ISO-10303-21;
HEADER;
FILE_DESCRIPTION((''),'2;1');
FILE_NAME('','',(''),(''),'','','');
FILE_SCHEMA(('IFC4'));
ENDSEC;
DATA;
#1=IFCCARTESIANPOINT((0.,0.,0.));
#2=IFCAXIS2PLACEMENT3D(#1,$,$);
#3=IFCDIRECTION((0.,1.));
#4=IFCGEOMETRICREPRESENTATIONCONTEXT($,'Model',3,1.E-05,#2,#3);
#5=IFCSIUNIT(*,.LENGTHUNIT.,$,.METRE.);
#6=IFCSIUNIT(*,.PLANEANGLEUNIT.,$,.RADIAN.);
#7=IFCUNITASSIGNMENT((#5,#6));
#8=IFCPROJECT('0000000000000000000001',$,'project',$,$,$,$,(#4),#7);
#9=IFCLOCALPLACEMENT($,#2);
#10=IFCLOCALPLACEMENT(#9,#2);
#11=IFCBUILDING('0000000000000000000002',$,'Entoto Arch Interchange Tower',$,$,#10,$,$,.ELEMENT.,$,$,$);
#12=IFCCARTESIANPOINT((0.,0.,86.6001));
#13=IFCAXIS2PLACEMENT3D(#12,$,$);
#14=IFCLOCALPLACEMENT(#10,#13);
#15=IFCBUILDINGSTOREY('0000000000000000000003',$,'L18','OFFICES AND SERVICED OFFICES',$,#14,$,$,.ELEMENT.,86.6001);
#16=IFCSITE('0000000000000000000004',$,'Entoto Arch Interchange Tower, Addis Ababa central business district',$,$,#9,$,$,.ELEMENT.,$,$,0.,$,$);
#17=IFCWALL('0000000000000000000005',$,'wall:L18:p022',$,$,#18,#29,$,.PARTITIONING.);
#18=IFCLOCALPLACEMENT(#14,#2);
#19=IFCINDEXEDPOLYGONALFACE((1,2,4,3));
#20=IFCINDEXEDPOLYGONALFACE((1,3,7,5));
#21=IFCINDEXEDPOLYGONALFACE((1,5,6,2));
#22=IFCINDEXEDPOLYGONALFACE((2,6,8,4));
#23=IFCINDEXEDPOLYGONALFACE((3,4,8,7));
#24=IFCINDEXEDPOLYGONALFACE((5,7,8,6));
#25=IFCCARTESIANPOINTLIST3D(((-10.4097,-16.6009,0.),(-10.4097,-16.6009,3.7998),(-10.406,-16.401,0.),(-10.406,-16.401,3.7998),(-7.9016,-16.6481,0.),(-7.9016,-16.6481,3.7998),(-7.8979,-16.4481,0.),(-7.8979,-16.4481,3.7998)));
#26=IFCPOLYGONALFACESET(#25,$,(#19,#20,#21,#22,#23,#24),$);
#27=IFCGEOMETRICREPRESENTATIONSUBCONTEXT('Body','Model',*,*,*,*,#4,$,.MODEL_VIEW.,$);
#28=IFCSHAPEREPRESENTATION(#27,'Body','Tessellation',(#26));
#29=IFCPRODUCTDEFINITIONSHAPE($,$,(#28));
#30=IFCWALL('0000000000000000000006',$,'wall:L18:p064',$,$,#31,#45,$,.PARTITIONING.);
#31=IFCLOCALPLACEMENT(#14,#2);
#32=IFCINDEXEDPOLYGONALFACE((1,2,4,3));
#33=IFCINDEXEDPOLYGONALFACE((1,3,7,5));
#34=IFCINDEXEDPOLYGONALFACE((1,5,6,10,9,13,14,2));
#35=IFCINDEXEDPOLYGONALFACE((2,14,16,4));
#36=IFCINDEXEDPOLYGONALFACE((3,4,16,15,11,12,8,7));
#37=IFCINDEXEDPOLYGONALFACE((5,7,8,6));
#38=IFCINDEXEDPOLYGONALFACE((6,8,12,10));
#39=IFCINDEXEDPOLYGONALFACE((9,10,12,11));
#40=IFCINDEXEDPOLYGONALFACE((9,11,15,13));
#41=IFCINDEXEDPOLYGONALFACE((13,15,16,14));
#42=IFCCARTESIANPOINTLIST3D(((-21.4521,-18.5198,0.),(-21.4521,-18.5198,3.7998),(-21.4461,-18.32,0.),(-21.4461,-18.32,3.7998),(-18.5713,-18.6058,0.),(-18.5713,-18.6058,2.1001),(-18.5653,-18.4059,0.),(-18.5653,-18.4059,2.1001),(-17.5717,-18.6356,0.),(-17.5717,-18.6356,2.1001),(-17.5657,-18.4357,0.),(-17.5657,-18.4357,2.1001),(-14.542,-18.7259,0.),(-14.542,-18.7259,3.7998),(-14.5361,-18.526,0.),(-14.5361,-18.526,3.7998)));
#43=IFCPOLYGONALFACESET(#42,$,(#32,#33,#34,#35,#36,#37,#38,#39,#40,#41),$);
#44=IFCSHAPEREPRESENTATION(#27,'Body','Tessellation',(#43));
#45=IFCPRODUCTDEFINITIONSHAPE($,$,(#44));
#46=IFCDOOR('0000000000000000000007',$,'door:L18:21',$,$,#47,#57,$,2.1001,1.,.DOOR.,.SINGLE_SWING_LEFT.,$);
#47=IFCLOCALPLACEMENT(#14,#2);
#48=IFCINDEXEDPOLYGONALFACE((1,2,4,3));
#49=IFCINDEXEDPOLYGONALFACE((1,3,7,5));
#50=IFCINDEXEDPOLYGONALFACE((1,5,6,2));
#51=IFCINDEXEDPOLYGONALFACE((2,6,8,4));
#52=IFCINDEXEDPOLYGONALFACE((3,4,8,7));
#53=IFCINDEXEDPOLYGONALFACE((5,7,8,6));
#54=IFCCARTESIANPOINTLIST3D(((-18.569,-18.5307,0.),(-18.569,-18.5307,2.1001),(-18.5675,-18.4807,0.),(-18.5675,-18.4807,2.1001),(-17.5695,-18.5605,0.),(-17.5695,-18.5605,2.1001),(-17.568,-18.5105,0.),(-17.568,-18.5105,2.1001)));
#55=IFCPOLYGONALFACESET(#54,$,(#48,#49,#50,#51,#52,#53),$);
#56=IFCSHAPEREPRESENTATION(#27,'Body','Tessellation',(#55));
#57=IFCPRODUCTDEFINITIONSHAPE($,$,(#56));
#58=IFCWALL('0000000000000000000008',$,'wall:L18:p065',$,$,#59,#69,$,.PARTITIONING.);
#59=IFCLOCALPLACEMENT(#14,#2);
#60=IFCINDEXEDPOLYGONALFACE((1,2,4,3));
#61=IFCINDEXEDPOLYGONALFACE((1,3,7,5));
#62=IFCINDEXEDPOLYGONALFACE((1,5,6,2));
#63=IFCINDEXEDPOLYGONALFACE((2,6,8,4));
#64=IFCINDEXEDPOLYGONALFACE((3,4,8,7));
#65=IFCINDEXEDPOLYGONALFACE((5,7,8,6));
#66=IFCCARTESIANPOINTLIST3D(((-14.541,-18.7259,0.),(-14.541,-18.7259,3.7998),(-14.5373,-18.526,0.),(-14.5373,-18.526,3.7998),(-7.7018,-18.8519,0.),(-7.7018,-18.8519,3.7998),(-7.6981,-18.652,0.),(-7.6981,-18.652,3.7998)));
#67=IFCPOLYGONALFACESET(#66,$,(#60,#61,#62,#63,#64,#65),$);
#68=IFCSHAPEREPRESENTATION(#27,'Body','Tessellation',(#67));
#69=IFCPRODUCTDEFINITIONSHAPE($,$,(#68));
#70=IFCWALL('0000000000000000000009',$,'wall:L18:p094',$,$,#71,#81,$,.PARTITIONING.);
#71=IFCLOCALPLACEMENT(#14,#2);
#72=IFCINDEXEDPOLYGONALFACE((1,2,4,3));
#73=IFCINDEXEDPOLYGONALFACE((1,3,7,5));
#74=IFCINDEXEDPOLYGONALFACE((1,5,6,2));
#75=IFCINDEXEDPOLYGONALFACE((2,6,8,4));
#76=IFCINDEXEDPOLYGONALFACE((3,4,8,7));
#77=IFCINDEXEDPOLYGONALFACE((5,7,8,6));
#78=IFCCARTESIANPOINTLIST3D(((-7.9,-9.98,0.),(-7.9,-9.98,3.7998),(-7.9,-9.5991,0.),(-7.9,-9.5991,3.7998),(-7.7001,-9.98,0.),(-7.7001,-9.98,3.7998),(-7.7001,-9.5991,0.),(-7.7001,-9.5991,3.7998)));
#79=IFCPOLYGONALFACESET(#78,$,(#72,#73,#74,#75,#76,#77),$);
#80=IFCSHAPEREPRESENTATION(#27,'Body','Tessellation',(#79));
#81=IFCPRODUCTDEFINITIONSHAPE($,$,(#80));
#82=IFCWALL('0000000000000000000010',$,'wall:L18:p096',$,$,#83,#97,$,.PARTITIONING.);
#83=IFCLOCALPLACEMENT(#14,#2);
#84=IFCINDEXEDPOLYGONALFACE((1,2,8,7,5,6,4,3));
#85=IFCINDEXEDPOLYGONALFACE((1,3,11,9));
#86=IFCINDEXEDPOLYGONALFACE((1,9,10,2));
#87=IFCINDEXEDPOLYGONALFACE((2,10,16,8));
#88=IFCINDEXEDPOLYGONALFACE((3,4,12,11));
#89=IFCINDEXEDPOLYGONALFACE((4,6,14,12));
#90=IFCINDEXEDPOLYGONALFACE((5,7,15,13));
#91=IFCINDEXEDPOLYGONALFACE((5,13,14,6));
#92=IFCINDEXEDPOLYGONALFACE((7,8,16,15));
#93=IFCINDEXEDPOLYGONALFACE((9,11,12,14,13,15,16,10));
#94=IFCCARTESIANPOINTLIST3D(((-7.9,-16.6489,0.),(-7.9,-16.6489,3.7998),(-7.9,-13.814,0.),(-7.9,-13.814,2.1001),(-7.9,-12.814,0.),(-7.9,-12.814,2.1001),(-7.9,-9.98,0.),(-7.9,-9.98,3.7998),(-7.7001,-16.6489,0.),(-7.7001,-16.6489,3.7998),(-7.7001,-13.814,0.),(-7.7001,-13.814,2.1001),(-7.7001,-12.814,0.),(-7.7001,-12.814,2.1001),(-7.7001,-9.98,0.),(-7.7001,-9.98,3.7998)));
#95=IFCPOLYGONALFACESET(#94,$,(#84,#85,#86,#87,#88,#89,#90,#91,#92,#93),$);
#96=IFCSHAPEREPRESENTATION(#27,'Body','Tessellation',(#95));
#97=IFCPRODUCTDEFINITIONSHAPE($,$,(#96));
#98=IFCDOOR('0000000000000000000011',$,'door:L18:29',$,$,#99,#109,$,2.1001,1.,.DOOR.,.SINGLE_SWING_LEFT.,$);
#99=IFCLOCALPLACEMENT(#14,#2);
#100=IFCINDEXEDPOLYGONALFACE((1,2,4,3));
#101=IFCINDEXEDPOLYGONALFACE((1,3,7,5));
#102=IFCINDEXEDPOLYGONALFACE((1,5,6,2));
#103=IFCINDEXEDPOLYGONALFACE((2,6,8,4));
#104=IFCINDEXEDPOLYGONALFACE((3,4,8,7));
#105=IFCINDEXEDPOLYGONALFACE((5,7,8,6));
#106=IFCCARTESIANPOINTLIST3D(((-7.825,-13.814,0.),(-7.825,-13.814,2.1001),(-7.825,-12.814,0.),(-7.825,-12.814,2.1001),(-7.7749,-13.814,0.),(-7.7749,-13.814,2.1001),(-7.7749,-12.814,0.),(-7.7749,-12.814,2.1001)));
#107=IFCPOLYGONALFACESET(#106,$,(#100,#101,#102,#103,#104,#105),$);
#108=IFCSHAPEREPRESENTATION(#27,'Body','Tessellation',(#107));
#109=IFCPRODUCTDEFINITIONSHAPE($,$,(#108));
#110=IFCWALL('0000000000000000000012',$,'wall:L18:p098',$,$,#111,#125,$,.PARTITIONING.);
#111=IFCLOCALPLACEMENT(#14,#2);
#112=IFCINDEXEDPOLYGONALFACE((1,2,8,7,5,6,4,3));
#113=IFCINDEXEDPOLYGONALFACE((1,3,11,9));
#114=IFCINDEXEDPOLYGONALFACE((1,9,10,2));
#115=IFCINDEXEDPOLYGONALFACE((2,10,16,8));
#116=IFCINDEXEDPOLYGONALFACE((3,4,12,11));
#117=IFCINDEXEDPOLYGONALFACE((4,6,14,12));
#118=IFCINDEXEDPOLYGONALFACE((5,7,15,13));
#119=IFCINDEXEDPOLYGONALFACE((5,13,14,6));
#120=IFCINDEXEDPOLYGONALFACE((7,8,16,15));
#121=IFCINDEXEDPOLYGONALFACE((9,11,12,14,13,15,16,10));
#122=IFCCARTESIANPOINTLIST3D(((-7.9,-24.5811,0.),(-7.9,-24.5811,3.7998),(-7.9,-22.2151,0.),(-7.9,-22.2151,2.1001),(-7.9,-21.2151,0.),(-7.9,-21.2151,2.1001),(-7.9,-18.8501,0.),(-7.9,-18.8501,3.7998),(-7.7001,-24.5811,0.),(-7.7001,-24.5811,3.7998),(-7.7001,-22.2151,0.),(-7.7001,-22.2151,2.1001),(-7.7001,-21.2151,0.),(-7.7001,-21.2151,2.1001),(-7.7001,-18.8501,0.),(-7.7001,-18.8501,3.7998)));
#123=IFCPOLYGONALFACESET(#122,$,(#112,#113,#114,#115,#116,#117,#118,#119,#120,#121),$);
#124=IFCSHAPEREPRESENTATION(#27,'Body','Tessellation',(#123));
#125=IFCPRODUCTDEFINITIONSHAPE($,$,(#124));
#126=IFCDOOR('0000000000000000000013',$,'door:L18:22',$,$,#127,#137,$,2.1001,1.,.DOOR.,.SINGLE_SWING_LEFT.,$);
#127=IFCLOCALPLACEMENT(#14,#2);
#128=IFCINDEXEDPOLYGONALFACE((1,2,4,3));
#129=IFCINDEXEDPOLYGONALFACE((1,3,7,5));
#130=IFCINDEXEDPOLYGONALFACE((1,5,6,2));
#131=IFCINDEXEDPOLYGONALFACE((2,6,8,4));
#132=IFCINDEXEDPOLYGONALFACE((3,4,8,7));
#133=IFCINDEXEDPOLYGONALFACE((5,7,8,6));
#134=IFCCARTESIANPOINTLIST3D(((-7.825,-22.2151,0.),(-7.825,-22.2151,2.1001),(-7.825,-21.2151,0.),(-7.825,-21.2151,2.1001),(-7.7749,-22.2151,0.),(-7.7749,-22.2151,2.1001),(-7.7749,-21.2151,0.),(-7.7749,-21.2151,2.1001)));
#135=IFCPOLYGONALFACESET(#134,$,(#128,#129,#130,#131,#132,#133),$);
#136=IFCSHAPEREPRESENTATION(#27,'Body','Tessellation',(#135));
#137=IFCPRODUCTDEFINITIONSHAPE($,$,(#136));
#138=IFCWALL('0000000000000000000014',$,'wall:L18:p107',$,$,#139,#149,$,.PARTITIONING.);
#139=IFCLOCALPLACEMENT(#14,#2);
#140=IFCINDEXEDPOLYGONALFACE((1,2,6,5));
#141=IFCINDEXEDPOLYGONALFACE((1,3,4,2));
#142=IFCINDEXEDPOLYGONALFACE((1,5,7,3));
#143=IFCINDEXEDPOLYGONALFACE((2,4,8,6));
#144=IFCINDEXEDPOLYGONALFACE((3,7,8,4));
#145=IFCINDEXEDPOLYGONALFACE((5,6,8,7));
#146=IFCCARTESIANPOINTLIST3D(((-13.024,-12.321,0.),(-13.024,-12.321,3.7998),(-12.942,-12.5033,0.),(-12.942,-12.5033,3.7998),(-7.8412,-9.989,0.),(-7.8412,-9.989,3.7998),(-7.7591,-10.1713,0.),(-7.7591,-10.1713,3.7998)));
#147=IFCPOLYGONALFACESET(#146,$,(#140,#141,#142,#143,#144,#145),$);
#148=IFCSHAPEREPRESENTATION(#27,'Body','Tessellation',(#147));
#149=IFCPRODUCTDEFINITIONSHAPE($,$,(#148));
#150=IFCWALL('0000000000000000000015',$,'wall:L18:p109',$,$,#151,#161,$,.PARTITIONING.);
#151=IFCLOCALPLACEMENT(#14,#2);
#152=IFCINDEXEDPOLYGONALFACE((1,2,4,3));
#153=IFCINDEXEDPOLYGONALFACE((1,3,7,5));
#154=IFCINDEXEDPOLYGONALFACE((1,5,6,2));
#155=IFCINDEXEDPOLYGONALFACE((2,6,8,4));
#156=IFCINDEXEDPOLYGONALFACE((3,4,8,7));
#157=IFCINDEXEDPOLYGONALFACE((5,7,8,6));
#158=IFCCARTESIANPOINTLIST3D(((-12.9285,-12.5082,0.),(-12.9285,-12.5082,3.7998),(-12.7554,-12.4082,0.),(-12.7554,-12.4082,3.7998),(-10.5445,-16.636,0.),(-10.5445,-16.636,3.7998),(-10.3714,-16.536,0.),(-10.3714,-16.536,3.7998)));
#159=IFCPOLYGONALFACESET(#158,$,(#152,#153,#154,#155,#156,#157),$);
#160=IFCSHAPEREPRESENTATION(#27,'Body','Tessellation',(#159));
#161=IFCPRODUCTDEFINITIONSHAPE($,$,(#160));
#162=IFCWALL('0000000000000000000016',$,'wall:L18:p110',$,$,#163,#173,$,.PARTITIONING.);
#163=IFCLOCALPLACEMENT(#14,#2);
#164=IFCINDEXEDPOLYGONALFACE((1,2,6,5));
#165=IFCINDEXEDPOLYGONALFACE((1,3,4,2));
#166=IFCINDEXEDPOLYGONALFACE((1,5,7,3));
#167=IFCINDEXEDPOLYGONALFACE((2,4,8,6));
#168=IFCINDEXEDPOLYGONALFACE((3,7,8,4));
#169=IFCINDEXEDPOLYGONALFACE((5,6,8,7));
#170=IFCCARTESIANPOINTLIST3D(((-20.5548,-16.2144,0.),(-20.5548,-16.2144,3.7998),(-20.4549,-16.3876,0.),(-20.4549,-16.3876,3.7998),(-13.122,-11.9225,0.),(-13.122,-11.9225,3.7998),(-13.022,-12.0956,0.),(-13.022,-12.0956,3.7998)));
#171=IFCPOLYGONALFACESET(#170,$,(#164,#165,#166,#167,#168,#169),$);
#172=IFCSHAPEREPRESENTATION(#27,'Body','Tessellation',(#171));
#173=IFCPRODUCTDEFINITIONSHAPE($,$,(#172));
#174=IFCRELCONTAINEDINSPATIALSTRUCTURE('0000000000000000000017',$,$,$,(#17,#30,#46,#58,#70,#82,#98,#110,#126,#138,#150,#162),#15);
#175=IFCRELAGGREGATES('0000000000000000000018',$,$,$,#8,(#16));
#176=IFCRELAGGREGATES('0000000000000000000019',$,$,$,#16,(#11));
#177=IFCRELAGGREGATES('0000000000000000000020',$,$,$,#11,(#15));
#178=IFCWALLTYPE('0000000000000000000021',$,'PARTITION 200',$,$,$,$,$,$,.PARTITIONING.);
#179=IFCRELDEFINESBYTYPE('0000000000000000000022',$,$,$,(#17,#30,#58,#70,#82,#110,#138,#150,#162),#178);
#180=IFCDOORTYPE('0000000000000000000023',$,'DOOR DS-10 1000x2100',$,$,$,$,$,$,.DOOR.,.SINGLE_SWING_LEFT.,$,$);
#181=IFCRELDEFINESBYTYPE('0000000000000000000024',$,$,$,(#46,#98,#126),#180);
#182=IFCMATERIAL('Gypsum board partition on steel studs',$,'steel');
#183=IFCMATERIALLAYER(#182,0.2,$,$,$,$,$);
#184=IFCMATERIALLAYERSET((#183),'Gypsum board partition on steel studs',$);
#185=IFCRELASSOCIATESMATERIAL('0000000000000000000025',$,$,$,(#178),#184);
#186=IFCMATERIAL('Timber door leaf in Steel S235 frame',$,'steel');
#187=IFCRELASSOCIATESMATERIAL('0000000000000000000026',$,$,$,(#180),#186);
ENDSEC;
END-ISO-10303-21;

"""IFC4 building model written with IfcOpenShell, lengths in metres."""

from ifc_helpers import new_model, si_unit, direction, frame, frame_2d, origin, place, context, subcontext, project, spatial, rectangle, extrude, material, layer, layer_set, type_object, element, fill, save


model = new_model("IFC4")

# Units and contexts
model_context = context("Model", 3, precision=1e-05, world=origin(), true_north=direction((0.0, 1.0)))
body_context = subcontext(model_context, "Body", "Model", "MODEL_VIEW")
ifc_project = project(units=[si_unit("LENGTHUNIT", "METRE"), si_unit("PLANEANGLEUNIT", "RADIAN")], contexts=[model_context])

# Site, building, storey
site_placement = place(None, origin())
site = spatial("IfcSite", under=ifc_project, at=site_placement, Name="Entoto Arch Interchange Tower, Addis Ababa central business district", CompositionType="ELEMENT", RefElevation=0.0)
building_placement = place(site_placement, origin())
building = spatial("IfcBuilding", under=site, at=building_placement, Name="Entoto Arch Interchange Tower", CompositionType="ELEMENT")
storey_placement = place(building_placement, frame((0.0, 0.0, 86.6001)))
storey = spatial("IfcBuildingStorey", under=building, at=storey_placement, Name="L18", Description="OFFICES AND SERVICED OFFICES", CompositionType="ELEMENT", Elevation=86.6001)

# Wall
ifc_material_1 = material(Name="Gypsum board partition on steel studs", Category="steel")
ifc_layer_1 = layer(ifc_material_1, 0.2)
ifc_layer_set_1 = layer_set([ifc_layer_1], Name="Gypsum board partition on steel studs")
wall_type_1 = type_object("IfcWallType", Name="PARTITION 200", PredefinedType="PARTITIONING", material=ifc_layer_set_1)
wall_1_placement = place(storey_placement, frame((-10.408, -16.501, 0.0), z_axis=(0.0, 0.0, 1.0), x_axis=(0.999824, -0.018784, 0.0)))
element("IfcWall", 1, at=wall_1_placement, inside=storey, type_object=wall_type_1, Name="wall:L18:p022", PredefinedType="PARTITIONING", context=body_context, shape_type="SweptSolid", body=[
    extrude(rectangle(XDim=2.5085, YDim=0.2, at=frame_2d((1.2544, 0.0))), origin(), (0.0, 0.0, 1.0), 3.7998),
])

# Wall, opening, door
wall_2_placement = place(storey_placement, frame((-14.5391, -18.626, 0.0), z_axis=(0.0, 0.0, 1.0), x_axis=(-0.999556, 0.029807, 0.0)))
wall_2 = element("IfcWall", 2, at=wall_2_placement, inside=storey, type_object=wall_type_1, Name="wall:L18:p064", PredefinedType="PARTITIONING", context=body_context, shape_type="SweptSolid", body=[
    extrude(rectangle(XDim=6.9131, YDim=0.2, at=frame_2d((3.4565, 0.0))), origin(), (0.0, 0.0, 1.0), 3.7998),
])
opening_1_placement = place(wall_2_placement, frame((3.031, 0.0, 0.0)))
opening_1 = element("IfcOpeningElement", 3, at=opening_1_placement, cuts=wall_2, PredefinedType="OPENING", context=body_context, shape_type="SweptSolid", body=[
    extrude(rectangle(XDim=1.0, YDim=2.1001, at=frame_2d((0.5, 1.05))), frame((0.0, 0.1099, 0.0), z_axis=(0.0, -1.0, 0.0), x_axis=(1.0, 0.0, 0.0)), (0.0, 0.0, 1.0), 0.22),
])
ifc_material_2 = material(Name="Timber door leaf in Steel S235 frame", Category="steel")
door_type = type_object("IfcDoorType", Name="DOOR DS-10 1000x2100", OperationType="SINGLE_SWING_LEFT", PredefinedType="DOOR", material=ifc_material_2)
door_1_placement = place(opening_1_placement, origin())
door_1 = element("IfcDoor", 4, at=door_1_placement, inside=storey, type_object=door_type, Name="door:L18:21", OperationType="SINGLE_SWING_LEFT", OverallHeight=2.1001, OverallWidth=1.0, PredefinedType="DOOR", context=body_context, shape_type="SweptSolid", body=[
    extrude(rectangle(XDim=1.0, YDim=2.1001, at=frame_2d((0.5, 1.05))), frame((0.0, 0.0249, 0.0), z_axis=(0.0, -1.0, 0.0), x_axis=(1.0, 0.0, 0.0)), (0.0, 0.0, 1.0), 0.05),
])
fill(opening_1, door_1)

# Walls
wall_3_placement = place(storey_placement, frame((-7.7, -18.752, 0.0), z_axis=(0.0, 0.0, 1.0), x_axis=(-0.99983, 0.018417, 0.0)))
element("IfcWall", 5, at=wall_3_placement, inside=storey, type_object=wall_type_1, Name="wall:L18:p065", PredefinedType="PARTITIONING", context=body_context, shape_type="SweptSolid", body=[
    extrude(rectangle(XDim=6.8403, YDim=0.2, at=frame_2d((3.4202, 0.0))), origin(), (0.0, 0.0, 1.0), 3.7998),
])
wall_4_placement = place(storey_placement, frame((-7.8, -9.98, 0.0), z_axis=(0.0, 0.0, 1.0), x_axis=(0.0, 1.0, 0.0)))
element("IfcWall", 6, at=wall_4_placement, inside=storey, type_object=wall_type_1, Name="wall:L18:p094", PredefinedType="PARTITIONING", context=body_context, shape_type="SweptSolid", body=[
    extrude(rectangle(XDim=0.3809, YDim=0.2, at=frame_2d((0.1904, 0.0))), origin(), (0.0, 0.0, 1.0), 3.7998),
])

# Walls, openings, doors
wall_5_placement = place(storey_placement, frame((-7.8, -16.6489, 0.0), z_axis=(0.0, 0.0, 1.0), x_axis=(0.0, 1.0, 0.0)))
wall_5 = element("IfcWall", 7, at=wall_5_placement, inside=storey, type_object=wall_type_1, Name="wall:L18:p096", PredefinedType="PARTITIONING", context=body_context, shape_type="SweptSolid", body=[
    extrude(rectangle(XDim=6.6689, YDim=0.2, at=frame_2d((3.3345, 0.0))), origin(), (0.0, 0.0, 1.0), 3.7998),
])
opening_2_placement = place(wall_5_placement, frame((2.835, 0.0, 0.0)))
opening_2 = element("IfcOpeningElement", 8, at=opening_2_placement, cuts=wall_5, PredefinedType="OPENING", context=body_context, shape_type="SweptSolid", body=[
    extrude(rectangle(XDim=1.0, YDim=2.1001, at=frame_2d((0.5, 1.05))), frame((0.0, 0.1099, 0.0), z_axis=(0.0, -1.0, 0.0), x_axis=(1.0, 0.0, 0.0)), (0.0, 0.0, 1.0), 0.22),
])
door_2_placement = place(opening_2_placement, origin())
door_2 = element("IfcDoor", 9, at=door_2_placement, inside=storey, type_object=door_type, Name="door:L18:29", OperationType="SINGLE_SWING_LEFT", OverallHeight=2.1001, OverallWidth=1.0, PredefinedType="DOOR", context=body_context, shape_type="SweptSolid", body=[
    extrude(rectangle(XDim=1.0, YDim=2.1001, at=frame_2d((0.5, 1.05))), frame((0.0, 0.0249, 0.0), z_axis=(0.0, -1.0, 0.0), x_axis=(1.0, 0.0, 0.0)), (0.0, 0.0, 1.0), 0.05),
])
fill(opening_2, door_2)
wall_6_placement = place(storey_placement, frame((-7.8, -24.5811, 0.0), z_axis=(0.0, 0.0, 1.0), x_axis=(0.0, 1.0, 0.0)))
wall_6 = element("IfcWall", 10, at=wall_6_placement, inside=storey, type_object=wall_type_1, Name="wall:L18:p098", PredefinedType="PARTITIONING", context=body_context, shape_type="SweptSolid", body=[
    extrude(rectangle(XDim=5.731, YDim=0.2, at=frame_2d((2.8655, 0.0))), origin(), (0.0, 0.0, 1.0), 3.7998),
])
opening_3_placement = place(wall_6_placement, frame((2.366, 0.0, 0.0)))
opening_3 = element("IfcOpeningElement", 11, at=opening_3_placement, cuts=wall_6, PredefinedType="OPENING", context=body_context, shape_type="SweptSolid", body=[
    extrude(rectangle(XDim=1.0, YDim=2.1001, at=frame_2d((0.5, 1.05))), frame((0.0, 0.1099, 0.0), z_axis=(0.0, -1.0, 0.0), x_axis=(1.0, 0.0, 0.0)), (0.0, 0.0, 1.0), 0.22),
])
door_3_placement = place(opening_3_placement, origin())
door_3 = element("IfcDoor", 12, at=door_3_placement, inside=storey, type_object=door_type, Name="door:L18:22", OperationType="SINGLE_SWING_LEFT", OverallHeight=2.1001, OverallWidth=1.0, PredefinedType="DOOR", context=body_context, shape_type="SweptSolid", body=[
    extrude(rectangle(XDim=1.0, YDim=2.1001, at=frame_2d((0.5, 1.05))), frame((0.0, 0.0249, 0.0), z_axis=(0.0, -1.0, 0.0), x_axis=(1.0, 0.0, 0.0)), (0.0, 0.0, 1.0), 0.05),
])
fill(opening_3, door_3)

# Walls
wall_7_placement = place(storey_placement, frame((-7.8, -10.0801, 0.0), z_axis=(0.0, 0.0, 1.0), x_axis=(-0.911938, -0.410327, 0.0)))
element("IfcWall", 13, at=wall_7_placement, inside=storey, type_object=wall_type_1, Name="wall:L18:p107", PredefinedType="PARTITIONING", context=body_context, shape_type="SweptSolid", body=[
    extrude(rectangle(XDim=5.6833, YDim=0.2, at=frame_2d((2.8418, 0.0))), origin(), (0.0, 0.0, 1.0), 3.7998),
])
wall_8_placement = place(storey_placement, frame((-10.458, -16.5859, 0.0), z_axis=(0.0, 0.0, 1.0), x_axis=(-0.500121, 0.865955, 0.0)))
element("IfcWall", 14, at=wall_8_placement, inside=storey, type_object=wall_type_1, Name="wall:L18:p109", PredefinedType="PARTITIONING", context=body_context, shape_type="SweptSolid", body=[
    extrude(rectangle(XDim=4.7668, YDim=0.2, at=frame_2d((2.3833, 0.0))), origin(), (0.0, 0.0, 1.0), 3.7998),
])
wall_9_placement = place(storey_placement, frame((-13.072, -12.009, 0.0), z_axis=(0.0, 0.0, 1.0), x_axis=(-0.865994, -0.500055, 0.0)))
element("IfcWall", 15, at=wall_9_placement, inside=storey, type_object=wall_type_1, Name="wall:L18:p110", PredefinedType="PARTITIONING", context=body_context, shape_type="SweptSolid", body=[
    extrude(rectangle(XDim=8.583, YDim=0.2, at=frame_2d((4.2915, 0.0))), origin(), (0.0, 0.0, 1.0), 3.7998),
])

save(model, "model.ifc")
